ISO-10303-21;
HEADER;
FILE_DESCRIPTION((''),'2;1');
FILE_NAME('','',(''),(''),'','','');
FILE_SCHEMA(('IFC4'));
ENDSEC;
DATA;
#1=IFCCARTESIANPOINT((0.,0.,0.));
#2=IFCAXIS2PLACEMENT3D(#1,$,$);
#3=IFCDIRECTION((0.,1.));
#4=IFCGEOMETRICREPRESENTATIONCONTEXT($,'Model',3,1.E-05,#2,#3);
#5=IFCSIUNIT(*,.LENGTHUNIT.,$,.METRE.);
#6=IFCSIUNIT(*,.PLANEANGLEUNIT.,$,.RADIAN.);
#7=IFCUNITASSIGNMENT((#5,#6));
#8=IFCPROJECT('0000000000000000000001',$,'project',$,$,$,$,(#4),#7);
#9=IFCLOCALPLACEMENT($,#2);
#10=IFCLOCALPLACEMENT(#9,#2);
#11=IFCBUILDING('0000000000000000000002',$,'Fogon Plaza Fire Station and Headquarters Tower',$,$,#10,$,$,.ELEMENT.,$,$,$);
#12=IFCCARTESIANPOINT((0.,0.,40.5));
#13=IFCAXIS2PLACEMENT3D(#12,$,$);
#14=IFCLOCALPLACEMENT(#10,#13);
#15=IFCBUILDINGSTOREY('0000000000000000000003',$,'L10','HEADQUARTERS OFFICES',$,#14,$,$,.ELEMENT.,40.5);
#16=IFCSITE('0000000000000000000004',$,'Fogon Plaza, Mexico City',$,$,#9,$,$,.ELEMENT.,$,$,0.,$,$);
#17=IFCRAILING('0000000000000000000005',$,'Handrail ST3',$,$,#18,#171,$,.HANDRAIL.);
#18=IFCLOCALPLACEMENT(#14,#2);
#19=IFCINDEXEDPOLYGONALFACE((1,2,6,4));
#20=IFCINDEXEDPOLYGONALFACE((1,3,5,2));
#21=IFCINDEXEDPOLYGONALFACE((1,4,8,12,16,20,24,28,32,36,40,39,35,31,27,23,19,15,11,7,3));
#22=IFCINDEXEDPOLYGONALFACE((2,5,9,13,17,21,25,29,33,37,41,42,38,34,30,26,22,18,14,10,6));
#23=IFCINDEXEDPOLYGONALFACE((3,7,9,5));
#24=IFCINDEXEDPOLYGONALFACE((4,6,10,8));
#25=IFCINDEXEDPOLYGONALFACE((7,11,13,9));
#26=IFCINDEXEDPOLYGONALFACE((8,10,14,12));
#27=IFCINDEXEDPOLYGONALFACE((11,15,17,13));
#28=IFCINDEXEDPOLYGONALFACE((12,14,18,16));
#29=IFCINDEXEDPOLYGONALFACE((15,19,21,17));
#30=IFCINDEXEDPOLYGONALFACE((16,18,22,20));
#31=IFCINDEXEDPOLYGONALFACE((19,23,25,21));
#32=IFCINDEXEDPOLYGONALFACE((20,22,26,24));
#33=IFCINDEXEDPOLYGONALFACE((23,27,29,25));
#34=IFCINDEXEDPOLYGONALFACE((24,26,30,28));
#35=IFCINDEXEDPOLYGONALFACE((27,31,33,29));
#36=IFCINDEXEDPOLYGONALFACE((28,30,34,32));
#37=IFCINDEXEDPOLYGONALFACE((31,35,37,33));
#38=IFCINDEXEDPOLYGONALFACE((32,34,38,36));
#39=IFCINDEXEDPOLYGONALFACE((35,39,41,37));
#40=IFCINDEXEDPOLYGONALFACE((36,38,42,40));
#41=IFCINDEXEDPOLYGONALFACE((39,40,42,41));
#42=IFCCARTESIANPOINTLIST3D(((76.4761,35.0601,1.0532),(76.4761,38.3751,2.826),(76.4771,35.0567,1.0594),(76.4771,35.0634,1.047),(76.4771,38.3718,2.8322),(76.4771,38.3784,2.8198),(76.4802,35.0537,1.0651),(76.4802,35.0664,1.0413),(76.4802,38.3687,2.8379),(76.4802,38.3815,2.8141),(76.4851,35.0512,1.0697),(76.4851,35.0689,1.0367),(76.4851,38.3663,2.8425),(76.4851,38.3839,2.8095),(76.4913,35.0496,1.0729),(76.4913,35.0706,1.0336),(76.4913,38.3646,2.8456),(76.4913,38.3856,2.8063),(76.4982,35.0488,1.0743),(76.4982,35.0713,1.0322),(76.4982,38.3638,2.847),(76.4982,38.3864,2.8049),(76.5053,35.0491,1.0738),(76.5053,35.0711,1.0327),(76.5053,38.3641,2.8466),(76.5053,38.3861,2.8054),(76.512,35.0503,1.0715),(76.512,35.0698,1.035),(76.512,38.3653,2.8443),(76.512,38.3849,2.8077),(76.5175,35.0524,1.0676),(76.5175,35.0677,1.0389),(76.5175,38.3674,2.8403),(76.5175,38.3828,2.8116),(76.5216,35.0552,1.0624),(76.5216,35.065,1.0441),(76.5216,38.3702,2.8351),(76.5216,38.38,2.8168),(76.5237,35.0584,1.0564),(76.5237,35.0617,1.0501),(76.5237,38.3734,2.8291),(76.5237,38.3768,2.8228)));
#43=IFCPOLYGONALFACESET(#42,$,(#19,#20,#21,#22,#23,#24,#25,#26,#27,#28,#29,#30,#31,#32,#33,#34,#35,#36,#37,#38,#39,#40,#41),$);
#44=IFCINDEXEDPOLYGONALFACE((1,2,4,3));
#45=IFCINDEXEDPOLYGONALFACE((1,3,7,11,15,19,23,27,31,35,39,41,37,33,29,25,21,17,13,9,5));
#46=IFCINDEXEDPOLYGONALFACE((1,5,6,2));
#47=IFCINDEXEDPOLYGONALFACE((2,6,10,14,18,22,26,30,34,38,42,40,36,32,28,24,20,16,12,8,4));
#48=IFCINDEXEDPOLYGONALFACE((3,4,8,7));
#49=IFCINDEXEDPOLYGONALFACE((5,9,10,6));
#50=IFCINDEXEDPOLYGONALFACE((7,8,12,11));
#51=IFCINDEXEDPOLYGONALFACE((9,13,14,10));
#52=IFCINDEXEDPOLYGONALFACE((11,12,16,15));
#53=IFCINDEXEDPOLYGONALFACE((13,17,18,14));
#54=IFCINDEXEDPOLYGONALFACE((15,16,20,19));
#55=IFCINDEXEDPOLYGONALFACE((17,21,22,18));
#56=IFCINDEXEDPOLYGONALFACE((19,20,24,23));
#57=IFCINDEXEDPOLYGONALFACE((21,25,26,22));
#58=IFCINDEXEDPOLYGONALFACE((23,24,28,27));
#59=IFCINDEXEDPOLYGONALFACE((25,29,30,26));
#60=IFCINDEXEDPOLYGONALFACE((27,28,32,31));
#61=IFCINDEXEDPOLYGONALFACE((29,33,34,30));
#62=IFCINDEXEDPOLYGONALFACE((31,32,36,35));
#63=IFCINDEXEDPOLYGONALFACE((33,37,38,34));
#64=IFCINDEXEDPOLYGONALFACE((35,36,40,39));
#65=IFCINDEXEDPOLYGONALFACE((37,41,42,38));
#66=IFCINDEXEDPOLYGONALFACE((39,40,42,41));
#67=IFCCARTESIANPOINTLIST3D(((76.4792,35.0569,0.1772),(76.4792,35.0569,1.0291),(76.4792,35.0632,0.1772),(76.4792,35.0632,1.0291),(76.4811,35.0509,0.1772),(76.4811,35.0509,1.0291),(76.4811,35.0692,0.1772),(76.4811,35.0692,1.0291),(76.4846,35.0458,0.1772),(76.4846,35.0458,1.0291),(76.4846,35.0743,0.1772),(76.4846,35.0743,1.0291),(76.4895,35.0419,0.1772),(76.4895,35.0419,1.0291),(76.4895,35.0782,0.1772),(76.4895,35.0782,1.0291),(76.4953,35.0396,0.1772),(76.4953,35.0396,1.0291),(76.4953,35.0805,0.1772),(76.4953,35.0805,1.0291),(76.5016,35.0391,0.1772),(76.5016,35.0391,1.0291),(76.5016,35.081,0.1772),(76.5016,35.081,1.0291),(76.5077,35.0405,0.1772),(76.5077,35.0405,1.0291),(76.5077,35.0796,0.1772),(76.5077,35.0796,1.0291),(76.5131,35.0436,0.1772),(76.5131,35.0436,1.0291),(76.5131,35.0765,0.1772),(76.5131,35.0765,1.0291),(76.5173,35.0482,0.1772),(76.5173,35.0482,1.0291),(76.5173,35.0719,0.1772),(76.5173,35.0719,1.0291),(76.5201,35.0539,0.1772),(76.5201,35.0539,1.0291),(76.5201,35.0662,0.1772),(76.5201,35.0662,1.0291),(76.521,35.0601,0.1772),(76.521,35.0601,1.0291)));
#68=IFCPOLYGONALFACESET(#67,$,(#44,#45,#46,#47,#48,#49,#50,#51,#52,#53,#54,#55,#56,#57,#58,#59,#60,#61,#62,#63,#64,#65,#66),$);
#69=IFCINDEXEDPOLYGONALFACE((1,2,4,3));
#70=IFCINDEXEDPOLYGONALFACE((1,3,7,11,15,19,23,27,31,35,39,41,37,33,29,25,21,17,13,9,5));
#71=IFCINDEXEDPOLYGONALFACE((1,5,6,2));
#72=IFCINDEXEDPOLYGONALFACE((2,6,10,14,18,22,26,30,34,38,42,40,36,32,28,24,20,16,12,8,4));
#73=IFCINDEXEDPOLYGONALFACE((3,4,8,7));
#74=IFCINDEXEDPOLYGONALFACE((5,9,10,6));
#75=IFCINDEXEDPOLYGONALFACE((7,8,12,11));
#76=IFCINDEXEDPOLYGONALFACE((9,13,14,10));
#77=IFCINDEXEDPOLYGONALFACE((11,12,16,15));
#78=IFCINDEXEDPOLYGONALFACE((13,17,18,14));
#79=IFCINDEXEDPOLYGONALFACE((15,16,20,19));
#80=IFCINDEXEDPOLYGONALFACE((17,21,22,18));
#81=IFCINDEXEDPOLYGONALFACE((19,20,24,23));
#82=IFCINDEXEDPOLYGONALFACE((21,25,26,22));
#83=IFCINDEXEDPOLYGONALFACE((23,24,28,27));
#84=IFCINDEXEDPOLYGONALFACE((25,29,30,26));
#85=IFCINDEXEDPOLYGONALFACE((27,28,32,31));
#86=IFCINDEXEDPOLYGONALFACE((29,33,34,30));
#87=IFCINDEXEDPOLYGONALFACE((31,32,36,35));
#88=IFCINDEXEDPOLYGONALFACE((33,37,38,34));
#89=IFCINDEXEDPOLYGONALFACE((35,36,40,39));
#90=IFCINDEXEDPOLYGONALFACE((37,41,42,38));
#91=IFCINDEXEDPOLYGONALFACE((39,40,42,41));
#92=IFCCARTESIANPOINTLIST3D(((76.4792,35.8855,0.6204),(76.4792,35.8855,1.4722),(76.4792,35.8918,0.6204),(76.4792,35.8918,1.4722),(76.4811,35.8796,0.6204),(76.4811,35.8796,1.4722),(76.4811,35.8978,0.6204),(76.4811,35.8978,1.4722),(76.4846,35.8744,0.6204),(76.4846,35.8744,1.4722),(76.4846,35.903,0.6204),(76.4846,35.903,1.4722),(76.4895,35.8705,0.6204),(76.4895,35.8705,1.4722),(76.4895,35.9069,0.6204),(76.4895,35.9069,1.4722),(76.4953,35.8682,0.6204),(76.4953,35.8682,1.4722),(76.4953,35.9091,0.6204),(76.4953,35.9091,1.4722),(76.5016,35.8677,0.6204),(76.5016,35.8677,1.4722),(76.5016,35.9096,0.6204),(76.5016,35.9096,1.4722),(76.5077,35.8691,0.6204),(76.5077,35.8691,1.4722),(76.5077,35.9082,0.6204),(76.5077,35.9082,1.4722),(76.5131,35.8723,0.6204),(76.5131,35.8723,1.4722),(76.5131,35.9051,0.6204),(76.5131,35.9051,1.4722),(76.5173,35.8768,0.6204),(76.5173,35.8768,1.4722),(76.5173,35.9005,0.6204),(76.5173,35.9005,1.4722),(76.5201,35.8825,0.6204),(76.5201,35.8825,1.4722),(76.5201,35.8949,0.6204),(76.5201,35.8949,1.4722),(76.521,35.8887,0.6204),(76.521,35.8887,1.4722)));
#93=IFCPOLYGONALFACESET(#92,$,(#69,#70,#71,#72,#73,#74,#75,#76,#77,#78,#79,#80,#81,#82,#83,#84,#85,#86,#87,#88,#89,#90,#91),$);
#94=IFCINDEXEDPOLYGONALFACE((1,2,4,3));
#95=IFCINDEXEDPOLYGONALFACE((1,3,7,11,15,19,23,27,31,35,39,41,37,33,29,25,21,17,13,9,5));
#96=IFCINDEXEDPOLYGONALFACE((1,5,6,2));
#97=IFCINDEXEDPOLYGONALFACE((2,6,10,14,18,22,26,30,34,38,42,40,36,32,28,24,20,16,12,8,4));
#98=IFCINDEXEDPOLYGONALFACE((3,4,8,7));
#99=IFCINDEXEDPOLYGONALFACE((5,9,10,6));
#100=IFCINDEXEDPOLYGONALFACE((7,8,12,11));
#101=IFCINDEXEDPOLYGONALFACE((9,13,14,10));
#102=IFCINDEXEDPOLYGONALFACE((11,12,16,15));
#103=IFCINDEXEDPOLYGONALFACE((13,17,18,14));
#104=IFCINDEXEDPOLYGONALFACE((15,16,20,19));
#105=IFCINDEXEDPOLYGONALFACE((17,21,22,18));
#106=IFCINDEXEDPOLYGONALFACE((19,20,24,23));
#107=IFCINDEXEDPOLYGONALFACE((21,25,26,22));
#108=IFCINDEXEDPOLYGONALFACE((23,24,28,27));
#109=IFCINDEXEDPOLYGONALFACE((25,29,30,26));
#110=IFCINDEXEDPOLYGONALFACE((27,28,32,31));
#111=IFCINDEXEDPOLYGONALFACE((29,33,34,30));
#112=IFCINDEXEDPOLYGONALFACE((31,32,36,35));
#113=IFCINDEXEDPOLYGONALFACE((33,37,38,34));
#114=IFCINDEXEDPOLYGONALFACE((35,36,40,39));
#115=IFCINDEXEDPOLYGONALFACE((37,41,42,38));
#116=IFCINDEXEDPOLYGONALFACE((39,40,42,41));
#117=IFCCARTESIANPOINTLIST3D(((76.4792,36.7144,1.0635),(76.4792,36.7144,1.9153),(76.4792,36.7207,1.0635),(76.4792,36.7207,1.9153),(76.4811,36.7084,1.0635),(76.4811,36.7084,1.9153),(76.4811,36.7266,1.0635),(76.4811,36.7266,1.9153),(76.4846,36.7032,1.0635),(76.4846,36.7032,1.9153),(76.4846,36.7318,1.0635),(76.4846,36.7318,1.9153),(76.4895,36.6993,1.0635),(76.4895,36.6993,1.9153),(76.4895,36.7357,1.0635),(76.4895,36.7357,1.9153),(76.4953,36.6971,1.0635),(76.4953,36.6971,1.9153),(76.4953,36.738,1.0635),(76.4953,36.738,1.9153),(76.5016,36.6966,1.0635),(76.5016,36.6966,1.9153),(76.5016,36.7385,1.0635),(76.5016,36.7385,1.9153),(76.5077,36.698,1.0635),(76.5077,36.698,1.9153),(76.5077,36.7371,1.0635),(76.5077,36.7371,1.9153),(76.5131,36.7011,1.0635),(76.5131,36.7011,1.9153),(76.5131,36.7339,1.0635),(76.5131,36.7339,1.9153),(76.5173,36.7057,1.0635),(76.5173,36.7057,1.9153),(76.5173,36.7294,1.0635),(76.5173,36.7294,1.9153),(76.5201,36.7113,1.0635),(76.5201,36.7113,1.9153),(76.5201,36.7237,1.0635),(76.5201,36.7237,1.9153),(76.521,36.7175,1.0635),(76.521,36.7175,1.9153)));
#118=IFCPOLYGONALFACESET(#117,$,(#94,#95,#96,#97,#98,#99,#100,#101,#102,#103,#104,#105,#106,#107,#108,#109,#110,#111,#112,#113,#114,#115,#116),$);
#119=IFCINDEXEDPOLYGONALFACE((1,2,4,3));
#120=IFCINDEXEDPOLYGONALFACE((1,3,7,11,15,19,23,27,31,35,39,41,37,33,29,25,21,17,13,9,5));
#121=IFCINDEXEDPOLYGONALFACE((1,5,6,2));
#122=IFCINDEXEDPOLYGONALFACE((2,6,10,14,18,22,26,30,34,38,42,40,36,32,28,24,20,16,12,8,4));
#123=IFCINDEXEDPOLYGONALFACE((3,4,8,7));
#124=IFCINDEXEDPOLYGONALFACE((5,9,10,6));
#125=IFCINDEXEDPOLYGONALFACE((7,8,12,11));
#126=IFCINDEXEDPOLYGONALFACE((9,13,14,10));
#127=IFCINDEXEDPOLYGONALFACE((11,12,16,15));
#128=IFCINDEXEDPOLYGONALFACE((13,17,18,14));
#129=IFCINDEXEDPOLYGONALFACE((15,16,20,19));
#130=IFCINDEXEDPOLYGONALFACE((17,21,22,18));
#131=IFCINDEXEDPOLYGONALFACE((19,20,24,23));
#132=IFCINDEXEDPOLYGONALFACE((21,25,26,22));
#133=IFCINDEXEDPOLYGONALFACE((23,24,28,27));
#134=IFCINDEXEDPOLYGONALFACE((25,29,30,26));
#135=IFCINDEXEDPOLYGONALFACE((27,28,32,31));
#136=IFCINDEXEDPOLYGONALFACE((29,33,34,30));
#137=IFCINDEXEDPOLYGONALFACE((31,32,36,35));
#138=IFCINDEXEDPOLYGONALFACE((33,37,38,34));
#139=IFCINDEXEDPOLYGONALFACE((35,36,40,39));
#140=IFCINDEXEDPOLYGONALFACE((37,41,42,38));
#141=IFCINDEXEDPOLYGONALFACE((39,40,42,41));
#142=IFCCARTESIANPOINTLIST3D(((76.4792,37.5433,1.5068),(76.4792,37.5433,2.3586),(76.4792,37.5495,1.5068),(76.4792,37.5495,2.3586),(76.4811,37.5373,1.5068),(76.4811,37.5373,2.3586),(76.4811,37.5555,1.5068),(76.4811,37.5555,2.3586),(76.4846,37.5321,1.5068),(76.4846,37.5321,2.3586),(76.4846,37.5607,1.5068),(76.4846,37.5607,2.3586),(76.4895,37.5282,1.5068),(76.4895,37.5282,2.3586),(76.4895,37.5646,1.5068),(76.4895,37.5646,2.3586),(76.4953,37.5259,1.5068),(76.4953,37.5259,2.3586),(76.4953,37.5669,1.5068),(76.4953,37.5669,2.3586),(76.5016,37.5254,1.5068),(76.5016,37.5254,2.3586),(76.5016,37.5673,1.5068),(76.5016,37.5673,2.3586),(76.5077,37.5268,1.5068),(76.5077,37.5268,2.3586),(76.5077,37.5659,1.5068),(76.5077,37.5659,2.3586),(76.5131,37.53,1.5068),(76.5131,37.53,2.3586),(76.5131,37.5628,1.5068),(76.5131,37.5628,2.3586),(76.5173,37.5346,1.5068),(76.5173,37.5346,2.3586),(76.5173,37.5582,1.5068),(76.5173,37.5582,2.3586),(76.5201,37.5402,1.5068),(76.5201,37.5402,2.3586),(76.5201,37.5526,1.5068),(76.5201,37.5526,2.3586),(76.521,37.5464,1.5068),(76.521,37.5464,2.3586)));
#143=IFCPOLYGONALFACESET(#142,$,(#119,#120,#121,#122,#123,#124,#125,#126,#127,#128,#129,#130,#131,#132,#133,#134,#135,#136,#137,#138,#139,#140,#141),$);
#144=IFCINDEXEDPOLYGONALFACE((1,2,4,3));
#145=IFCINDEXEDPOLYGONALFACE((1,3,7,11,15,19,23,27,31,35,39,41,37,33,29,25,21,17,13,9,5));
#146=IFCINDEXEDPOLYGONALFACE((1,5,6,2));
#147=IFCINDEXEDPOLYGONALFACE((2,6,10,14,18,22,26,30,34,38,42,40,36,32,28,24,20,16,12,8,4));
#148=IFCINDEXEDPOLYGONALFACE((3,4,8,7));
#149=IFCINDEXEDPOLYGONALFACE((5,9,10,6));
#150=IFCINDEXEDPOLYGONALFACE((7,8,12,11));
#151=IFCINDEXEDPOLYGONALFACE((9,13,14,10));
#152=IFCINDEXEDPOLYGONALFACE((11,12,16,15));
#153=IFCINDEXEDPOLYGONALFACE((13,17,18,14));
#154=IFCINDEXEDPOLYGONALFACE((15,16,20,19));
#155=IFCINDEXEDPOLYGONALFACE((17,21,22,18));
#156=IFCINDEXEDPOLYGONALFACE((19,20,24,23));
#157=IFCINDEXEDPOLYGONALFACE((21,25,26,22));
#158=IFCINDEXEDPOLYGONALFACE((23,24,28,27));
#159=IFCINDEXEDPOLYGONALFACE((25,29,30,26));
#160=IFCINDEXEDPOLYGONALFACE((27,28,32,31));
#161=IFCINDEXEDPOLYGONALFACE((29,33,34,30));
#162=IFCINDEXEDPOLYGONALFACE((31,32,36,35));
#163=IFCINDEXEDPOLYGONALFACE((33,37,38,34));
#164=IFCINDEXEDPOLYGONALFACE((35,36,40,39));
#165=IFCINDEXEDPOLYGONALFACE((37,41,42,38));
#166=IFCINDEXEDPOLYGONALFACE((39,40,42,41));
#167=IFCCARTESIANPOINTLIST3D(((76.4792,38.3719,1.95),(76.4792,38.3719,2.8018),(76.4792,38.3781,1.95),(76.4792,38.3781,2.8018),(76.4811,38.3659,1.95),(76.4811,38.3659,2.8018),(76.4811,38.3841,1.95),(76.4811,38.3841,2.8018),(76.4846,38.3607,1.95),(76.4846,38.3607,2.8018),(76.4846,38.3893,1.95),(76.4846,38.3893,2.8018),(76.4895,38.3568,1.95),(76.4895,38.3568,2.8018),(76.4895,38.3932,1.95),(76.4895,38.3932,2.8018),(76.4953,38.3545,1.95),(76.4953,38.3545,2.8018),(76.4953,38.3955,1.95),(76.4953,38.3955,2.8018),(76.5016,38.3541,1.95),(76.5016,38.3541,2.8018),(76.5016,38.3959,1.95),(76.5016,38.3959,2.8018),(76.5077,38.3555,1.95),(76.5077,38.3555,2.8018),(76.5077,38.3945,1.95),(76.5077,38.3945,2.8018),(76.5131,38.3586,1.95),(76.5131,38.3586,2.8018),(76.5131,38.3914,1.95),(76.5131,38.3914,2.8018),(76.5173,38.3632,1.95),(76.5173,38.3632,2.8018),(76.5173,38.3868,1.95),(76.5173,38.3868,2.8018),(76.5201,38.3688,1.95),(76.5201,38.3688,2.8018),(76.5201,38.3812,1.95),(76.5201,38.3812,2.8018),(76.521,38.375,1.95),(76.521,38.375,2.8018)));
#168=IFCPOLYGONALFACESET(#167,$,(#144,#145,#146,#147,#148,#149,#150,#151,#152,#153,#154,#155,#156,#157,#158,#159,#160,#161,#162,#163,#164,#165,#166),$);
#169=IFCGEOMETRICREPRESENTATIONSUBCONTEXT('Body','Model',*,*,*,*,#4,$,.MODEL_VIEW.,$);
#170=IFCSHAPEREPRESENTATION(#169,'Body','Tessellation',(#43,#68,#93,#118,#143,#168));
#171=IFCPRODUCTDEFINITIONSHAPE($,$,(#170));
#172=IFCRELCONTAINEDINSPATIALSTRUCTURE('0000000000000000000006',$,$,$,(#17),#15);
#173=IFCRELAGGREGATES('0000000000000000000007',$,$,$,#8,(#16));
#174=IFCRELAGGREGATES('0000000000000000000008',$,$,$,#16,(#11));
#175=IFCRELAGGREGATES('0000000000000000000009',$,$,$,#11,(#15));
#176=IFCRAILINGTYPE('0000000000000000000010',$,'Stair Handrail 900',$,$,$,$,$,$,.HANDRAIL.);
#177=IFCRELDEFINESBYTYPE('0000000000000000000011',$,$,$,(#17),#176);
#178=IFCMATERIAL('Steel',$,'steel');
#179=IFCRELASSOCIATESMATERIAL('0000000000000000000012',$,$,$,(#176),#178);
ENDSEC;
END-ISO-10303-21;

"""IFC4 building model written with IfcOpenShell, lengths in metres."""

from ifc_helpers import new_model, si_unit, direction, frame, origin, origin_2d, place, context, subcontext, project, spatial, circle, extrude, material, type_object, element, save


model = new_model("IFC4")

# Units and contexts
model_context = context("Model", 3, precision=1e-05, world=origin(), true_north=direction((0.0, 1.0)))
body_context = subcontext(model_context, "Body", "Model", "MODEL_VIEW")
ifc_project = project(units=[si_unit("LENGTHUNIT", "METRE"), si_unit("PLANEANGLEUNIT", "RADIAN")], contexts=[model_context])

# Site, building, storey
site_placement = place(None, origin())
site = spatial("IfcSite", under=ifc_project, at=site_placement, Name="Fogon Plaza, Mexico City", CompositionType="ELEMENT", RefElevation=0.0)
building_placement = place(site_placement, origin())
building = spatial("IfcBuilding", under=site, at=building_placement, Name="Fogon Plaza Fire Station and Headquarters Tower", CompositionType="ELEMENT")
storey_placement = place(building_placement, frame((0.0, 0.0, 40.5)))
storey = spatial("IfcBuildingStorey", under=building, at=storey_placement, Name="L10", Description="HEADQUARTERS OFFICES", CompositionType="ELEMENT", Elevation=40.5)

# Railing
ifc_material_1 = material(Name="Steel", Category="steel")
railing_type = type_object("IfcRailingType", Name="Stair Handrail 900", PredefinedType="HANDRAIL", material=ifc_material_1)
for number, where, name in (
    (1, (76.5, 35.0601, 0.1772), "Handrail ST3"),
):
    element("IfcRailing", number, at=place(storey_placement, frame(where)), inside=storey, type_object=railing_type, Name=name, PredefinedType="HANDRAIL", context=body_context, shape_type="SweptSolid", body=[
        extrude(circle(Radius=0.0239, at=origin_2d()), frame((0.0, 0.0, 0.876), z_axis=(0.0, 0.881829, 0.471569), x_axis=(-1.0, 0.0, 0.0)), (0.0, 0.0, 1.0), 3.7593),
        extrude(circle(Radius=0.021, at=origin_2d()), origin(), (0.0, 0.0, 1.0), 0.8518),
        extrude(circle(Radius=0.021, at=origin_2d()), frame((0.0, 0.8286, 0.4431)), (0.0, 0.0, 1.0), 0.8518),
        extrude(circle(Radius=0.021, at=origin_2d()), frame((0.0, 1.6575, 0.8862)), (0.0, 0.0, 1.0), 0.8518),
        extrude(circle(Radius=0.021, at=origin_2d()), frame((0.0, 2.4863, 1.3296)), (0.0, 0.0, 1.0), 0.8518),
        extrude(circle(Radius=0.021, at=origin_2d()), frame((0.0, 3.3149, 1.7727)), (0.0, 0.0, 1.0), 0.8518),
    ])

save(model, "model.ifc")
